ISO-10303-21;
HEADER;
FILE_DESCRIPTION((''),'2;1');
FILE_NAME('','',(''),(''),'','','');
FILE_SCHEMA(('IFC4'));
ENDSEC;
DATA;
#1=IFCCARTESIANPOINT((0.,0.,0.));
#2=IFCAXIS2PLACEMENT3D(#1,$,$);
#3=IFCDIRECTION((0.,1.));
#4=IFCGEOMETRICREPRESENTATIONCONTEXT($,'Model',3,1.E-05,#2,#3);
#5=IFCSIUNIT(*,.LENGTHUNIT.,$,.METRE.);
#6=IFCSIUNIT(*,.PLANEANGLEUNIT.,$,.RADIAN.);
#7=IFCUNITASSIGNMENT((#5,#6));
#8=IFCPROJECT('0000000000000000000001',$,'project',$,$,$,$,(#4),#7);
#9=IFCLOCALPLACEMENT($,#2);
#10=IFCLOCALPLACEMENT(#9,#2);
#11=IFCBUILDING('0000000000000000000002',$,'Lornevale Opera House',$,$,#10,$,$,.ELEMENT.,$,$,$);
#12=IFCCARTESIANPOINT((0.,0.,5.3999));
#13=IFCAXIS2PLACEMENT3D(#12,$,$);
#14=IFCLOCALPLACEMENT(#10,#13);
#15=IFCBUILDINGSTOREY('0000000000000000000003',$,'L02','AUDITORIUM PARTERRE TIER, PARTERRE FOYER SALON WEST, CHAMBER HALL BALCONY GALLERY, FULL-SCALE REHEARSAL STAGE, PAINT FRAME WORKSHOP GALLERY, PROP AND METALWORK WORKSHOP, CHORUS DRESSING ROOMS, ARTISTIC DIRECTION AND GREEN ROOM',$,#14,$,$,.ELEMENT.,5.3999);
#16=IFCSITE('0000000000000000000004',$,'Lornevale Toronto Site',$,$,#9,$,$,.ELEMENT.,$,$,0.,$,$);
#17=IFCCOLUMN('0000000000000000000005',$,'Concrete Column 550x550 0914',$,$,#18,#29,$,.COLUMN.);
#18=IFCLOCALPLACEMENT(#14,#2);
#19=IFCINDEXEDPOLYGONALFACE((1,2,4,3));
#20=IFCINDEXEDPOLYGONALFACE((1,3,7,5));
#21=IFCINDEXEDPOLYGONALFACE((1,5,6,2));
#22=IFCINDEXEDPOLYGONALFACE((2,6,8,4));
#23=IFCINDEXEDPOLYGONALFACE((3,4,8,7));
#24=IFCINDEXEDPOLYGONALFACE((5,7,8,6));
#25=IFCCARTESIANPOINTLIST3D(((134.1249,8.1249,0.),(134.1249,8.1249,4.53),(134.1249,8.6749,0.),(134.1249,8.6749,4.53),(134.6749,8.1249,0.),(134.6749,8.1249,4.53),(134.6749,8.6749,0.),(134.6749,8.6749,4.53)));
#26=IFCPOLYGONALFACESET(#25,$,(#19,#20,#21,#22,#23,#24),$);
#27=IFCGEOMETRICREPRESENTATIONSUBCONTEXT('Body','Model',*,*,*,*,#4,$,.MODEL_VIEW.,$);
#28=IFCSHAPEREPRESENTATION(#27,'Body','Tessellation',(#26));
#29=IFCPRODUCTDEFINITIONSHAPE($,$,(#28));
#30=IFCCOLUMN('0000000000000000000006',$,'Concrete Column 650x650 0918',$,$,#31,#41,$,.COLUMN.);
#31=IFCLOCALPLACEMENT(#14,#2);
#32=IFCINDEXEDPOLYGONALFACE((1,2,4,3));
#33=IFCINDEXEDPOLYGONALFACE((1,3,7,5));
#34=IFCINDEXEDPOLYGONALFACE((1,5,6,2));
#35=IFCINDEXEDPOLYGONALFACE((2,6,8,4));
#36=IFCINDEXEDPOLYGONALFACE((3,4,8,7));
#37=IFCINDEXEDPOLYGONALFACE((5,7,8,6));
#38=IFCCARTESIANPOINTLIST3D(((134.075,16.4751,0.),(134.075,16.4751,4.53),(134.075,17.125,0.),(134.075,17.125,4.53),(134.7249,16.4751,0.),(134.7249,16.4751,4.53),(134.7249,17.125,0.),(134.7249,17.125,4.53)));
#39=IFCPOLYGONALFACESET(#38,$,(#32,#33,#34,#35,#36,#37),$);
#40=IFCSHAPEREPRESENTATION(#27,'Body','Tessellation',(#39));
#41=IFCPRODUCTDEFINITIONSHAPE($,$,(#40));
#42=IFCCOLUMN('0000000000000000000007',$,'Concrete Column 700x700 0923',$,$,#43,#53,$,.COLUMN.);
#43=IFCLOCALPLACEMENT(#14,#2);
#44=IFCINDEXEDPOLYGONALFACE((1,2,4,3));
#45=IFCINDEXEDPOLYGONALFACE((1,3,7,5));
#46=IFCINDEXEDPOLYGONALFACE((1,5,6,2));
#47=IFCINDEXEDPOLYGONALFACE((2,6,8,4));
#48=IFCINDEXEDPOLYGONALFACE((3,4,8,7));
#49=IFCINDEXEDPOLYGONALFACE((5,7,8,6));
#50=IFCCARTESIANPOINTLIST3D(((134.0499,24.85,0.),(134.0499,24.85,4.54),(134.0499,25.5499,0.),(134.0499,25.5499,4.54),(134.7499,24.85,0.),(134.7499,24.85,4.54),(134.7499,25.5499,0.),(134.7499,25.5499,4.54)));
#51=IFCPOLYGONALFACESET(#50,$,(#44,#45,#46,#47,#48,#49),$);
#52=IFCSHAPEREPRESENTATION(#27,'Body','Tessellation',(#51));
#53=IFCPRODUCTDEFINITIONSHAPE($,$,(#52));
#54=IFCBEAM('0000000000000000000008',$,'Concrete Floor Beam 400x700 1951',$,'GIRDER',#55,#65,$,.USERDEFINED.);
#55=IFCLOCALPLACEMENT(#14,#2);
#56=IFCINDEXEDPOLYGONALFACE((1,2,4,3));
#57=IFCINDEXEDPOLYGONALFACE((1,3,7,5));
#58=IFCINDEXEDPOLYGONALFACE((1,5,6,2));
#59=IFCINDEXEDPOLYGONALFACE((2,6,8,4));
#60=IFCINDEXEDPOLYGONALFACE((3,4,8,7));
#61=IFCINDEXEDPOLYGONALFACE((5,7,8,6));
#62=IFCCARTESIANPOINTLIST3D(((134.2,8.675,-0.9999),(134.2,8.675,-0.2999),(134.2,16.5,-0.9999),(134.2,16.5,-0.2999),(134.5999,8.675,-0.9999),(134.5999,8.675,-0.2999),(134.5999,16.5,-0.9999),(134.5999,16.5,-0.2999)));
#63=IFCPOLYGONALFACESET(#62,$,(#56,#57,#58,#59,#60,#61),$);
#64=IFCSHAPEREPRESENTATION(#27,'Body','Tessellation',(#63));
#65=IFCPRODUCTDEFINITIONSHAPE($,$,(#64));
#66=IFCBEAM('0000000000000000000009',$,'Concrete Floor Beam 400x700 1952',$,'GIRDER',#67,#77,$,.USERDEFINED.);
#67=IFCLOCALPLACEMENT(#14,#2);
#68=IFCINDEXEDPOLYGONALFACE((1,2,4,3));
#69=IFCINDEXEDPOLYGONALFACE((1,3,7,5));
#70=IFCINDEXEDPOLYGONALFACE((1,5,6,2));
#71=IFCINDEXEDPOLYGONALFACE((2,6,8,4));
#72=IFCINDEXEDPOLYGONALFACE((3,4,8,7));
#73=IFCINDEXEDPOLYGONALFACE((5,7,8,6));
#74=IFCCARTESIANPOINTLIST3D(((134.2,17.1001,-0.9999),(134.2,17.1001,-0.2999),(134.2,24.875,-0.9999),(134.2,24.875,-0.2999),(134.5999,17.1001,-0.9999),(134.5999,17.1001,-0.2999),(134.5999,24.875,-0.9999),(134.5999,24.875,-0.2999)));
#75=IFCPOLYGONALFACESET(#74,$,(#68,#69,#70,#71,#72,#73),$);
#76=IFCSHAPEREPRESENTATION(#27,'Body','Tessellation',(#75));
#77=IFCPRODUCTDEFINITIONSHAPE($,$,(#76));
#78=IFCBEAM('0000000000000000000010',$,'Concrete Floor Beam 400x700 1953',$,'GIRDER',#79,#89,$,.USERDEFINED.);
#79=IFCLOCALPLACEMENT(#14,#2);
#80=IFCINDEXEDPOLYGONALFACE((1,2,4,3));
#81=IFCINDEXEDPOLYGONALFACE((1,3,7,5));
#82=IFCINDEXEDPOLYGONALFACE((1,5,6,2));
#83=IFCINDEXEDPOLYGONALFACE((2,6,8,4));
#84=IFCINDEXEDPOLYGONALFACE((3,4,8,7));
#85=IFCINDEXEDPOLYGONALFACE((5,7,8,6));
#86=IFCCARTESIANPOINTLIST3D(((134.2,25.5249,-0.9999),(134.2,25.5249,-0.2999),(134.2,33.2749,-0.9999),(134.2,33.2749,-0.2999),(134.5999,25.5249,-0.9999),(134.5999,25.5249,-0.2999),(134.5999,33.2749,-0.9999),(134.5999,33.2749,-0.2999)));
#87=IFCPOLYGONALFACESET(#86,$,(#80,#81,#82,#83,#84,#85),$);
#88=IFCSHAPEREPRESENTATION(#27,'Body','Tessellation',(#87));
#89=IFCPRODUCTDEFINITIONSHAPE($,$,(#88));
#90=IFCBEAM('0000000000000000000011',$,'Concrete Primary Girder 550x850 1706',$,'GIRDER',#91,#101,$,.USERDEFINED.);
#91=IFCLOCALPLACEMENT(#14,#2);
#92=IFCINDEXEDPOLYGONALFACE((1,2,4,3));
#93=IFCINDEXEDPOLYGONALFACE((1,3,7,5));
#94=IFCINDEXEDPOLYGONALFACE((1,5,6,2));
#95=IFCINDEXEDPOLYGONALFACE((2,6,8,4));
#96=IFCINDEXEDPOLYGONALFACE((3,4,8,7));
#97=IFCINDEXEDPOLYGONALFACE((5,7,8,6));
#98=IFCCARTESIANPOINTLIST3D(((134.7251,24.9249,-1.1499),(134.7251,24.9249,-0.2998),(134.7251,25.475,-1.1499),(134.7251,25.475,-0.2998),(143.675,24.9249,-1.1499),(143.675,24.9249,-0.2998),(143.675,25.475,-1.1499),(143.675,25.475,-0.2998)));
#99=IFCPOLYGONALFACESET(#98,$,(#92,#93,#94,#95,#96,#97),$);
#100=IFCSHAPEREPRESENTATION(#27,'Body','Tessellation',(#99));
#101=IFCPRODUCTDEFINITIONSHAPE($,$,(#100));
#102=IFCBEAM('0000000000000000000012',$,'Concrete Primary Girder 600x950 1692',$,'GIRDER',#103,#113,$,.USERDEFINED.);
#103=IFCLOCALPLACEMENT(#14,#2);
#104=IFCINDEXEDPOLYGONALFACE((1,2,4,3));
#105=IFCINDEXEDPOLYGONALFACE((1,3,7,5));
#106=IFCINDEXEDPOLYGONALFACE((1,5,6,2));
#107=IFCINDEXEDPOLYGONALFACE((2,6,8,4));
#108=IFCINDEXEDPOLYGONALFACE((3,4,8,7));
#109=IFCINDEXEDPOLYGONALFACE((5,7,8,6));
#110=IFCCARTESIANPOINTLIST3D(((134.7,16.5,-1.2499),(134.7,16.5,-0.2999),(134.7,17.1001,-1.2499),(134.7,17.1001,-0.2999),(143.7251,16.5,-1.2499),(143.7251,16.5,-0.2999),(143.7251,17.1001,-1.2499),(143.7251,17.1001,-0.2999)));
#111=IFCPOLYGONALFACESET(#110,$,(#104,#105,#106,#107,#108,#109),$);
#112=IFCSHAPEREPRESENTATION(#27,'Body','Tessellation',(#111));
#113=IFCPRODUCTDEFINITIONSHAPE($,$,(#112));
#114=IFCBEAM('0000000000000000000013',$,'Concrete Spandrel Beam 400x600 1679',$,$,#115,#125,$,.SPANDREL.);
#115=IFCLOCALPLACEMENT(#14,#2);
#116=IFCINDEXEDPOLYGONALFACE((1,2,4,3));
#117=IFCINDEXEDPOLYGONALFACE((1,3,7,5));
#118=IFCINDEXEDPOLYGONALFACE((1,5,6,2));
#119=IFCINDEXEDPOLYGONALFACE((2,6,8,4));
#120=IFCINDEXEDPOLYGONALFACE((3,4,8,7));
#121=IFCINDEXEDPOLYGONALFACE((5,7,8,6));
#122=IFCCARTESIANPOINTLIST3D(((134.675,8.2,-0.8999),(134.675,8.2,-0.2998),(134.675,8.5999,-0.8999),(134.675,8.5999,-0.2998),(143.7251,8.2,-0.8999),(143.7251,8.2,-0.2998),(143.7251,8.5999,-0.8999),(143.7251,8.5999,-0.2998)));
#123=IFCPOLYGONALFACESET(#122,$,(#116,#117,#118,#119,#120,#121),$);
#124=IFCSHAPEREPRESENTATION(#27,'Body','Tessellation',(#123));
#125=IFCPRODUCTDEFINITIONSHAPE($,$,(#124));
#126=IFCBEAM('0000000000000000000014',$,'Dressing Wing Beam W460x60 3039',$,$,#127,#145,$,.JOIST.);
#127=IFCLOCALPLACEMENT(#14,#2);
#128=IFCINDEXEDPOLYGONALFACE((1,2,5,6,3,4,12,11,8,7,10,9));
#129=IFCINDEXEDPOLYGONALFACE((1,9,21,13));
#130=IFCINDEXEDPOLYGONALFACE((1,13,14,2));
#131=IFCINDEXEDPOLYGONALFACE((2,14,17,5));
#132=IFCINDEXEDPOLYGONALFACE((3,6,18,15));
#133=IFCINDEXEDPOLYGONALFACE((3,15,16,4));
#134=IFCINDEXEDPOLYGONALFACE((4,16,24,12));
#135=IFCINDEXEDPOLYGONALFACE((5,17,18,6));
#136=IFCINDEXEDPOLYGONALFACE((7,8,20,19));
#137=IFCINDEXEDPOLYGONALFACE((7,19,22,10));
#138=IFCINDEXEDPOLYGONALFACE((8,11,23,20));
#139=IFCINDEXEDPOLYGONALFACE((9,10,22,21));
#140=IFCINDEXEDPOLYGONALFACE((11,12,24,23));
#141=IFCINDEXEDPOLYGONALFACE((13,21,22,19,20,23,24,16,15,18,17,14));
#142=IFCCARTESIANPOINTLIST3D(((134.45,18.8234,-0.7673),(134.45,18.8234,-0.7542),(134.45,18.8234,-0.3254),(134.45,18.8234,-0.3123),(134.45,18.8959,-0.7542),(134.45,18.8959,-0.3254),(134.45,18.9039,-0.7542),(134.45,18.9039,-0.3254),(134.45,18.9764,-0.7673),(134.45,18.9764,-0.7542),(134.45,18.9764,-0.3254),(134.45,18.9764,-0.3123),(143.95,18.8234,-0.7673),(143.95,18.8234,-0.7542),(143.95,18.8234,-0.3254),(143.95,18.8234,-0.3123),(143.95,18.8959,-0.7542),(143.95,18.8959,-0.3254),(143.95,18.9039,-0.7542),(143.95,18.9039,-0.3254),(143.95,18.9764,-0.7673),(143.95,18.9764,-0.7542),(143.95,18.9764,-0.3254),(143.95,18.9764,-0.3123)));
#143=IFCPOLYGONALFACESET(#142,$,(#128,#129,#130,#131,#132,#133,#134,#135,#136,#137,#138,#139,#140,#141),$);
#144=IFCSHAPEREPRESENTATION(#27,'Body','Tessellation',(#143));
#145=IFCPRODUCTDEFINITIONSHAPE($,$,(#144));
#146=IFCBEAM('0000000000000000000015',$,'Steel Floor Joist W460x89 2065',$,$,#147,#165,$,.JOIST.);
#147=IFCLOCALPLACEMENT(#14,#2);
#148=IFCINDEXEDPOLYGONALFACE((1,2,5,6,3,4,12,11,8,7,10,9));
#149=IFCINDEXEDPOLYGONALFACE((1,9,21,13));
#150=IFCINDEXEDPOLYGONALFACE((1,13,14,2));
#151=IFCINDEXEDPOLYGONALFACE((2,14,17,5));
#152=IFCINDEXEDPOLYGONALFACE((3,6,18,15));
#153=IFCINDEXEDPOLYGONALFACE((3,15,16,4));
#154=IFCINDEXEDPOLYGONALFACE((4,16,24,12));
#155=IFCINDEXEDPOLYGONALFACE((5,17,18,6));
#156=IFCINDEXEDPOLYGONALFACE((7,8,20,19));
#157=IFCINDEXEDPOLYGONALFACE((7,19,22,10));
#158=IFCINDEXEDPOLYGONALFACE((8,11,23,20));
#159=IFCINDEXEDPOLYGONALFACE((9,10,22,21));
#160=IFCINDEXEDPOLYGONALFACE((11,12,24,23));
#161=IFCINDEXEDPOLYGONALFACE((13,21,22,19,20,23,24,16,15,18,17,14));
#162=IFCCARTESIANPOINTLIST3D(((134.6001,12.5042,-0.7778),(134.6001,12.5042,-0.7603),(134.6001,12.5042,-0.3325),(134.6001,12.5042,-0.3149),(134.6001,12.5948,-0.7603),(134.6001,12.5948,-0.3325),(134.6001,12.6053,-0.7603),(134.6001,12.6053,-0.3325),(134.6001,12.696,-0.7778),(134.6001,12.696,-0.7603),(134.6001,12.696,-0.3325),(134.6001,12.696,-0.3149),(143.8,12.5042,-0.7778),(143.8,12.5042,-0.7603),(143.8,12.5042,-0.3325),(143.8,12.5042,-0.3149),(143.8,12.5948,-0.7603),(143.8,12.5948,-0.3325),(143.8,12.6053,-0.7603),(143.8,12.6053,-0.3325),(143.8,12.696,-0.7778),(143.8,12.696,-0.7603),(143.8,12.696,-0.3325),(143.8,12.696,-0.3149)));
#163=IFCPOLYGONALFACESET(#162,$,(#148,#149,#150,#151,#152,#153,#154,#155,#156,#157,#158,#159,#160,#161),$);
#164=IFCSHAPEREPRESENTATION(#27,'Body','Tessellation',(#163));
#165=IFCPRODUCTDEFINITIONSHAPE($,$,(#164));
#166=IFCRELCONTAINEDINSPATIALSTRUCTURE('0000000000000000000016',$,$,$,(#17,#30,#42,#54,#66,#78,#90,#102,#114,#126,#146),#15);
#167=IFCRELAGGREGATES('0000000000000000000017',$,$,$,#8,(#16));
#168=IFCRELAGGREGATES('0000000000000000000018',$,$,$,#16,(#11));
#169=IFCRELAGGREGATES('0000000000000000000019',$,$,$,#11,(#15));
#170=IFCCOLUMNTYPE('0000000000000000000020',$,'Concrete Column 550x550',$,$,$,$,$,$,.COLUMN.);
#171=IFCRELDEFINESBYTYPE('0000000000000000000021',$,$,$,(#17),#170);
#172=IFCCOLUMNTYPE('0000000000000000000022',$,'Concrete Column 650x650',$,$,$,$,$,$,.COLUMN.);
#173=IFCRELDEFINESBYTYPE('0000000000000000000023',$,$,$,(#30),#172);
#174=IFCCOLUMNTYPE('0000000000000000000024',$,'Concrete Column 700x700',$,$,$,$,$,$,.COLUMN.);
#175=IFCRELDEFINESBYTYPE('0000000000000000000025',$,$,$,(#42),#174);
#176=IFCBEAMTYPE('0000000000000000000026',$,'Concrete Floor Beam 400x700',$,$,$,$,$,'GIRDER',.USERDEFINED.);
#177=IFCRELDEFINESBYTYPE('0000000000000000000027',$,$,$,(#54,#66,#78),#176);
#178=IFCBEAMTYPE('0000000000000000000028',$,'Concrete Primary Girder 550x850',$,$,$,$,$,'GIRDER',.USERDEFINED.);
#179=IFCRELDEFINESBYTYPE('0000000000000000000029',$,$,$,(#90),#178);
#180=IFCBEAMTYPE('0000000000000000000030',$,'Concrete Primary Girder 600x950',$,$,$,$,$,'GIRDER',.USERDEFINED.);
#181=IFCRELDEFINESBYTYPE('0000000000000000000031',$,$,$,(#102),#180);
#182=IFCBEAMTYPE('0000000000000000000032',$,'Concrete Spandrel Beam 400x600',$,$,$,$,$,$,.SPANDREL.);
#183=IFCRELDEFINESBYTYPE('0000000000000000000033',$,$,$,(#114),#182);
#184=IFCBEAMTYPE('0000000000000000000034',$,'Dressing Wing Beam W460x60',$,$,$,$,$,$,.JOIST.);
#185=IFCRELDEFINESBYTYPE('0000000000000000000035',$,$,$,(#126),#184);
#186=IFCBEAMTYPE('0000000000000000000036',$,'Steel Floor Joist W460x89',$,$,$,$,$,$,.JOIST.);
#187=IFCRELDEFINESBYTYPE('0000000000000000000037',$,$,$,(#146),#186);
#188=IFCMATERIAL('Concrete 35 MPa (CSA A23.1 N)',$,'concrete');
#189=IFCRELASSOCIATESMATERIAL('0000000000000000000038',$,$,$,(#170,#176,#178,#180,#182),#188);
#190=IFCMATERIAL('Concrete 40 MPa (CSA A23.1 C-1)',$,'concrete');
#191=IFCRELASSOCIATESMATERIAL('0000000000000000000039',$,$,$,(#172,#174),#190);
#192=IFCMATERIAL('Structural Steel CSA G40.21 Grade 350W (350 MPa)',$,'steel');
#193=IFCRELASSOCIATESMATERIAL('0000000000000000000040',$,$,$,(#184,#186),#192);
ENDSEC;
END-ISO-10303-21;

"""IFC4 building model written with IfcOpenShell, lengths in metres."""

from ifc_helpers import new_model, si_unit, direction, frame, origin, origin_2d, place, context, subcontext, project, spatial, rectangle, i_section, extrude, material, material_profile, profile_set, type_object, element, save


model = new_model("IFC4")

# Units and contexts
model_context = context("Model", 3, precision=1e-05, world=origin(), true_north=direction((0.0, 1.0)))
body_context = subcontext(model_context, "Body", "Model", "MODEL_VIEW")
ifc_project = project(units=[si_unit("LENGTHUNIT", "METRE"), si_unit("PLANEANGLEUNIT", "RADIAN")], contexts=[model_context])

# Site, building, storey
site_placement = place(None, origin())
site = spatial("IfcSite", under=ifc_project, at=site_placement, Name="Lornevale Toronto Site", CompositionType="ELEMENT", RefElevation=0.0)
building_placement = place(site_placement, origin())
building = spatial("IfcBuilding", under=site, at=building_placement, Name="Lornevale Opera House", CompositionType="ELEMENT")
storey_placement = place(building_placement, frame((0.0, 0.0, 5.3999)))
storey = spatial("IfcBuildingStorey", under=building, at=storey_placement, Name="L02", Description="AUDITORIUM PARTERRE TIER, PARTERRE FOYER SALON WEST, CHAMBER HALL BALCONY GALLERY, FULL-SCALE REHEARSAL STAGE, PAINT FRAME WORKSHOP GALLERY, PROP AND METALWORK WORKSHOP, CHORUS DRESSING ROOMS, ARTISTIC DIRECTION AND GREEN ROOM", CompositionType="ELEMENT", Elevation=5.3999)

# Columns
ifc_material_1 = material(Name="Concrete 35 MPa (CSA A23.1 N)", Category="concrete")
ifc_material_profile_1 = material_profile(ifc_material_1, rectangle(XDim=0.55, YDim=0.55, at=origin_2d()), Name="RC550x550")
ifc_profile_set_1 = profile_set([ifc_material_profile_1], Name="Concrete 35 MPa (CSA A23.1 N)")
column_type_1 = type_object("IfcColumnType", Name="Concrete Column 550x550", PredefinedType="COLUMN", material=ifc_profile_set_1)
column_1_placement = place(storey_placement, frame((134.3999, 8.3999, 0.0), z_axis=(0.0, 0.0, 1.0), x_axis=(1.0, 0.0, 0.0)))
element("IfcColumn", 1, at=column_1_placement, inside=storey, type_object=column_type_1, Name="Concrete Column 550x550 0914", PredefinedType="COLUMN", context=body_context, shape_type="SweptSolid", body=[
    extrude(rectangle(XDim=0.55, YDim=0.55, at=origin_2d()), origin(), (0.0, 0.0, 1.0), 4.53),
])
ifc_material_2 = material(Name="Concrete 40 MPa (CSA A23.1 C-1)", Category="concrete")
ifc_material_profile_2 = material_profile(ifc_material_2, rectangle(XDim=0.6499, YDim=0.6499, at=origin_2d()), Name="RC650x650")
ifc_profile_set_2 = profile_set([ifc_material_profile_2], Name="Concrete 40 MPa (CSA A23.1 C-1)")
column_type_2 = type_object("IfcColumnType", Name="Concrete Column 650x650", PredefinedType="COLUMN", material=ifc_profile_set_2)
column_2_placement = place(storey_placement, frame((134.3999, 16.8, 0.0), z_axis=(0.0, 0.0, 1.0), x_axis=(1.0, 0.0, 0.0)))
element("IfcColumn", 2, at=column_2_placement, inside=storey, type_object=column_type_2, Name="Concrete Column 650x650 0918", PredefinedType="COLUMN", context=body_context, shape_type="SweptSolid", body=[
    extrude(rectangle(XDim=0.6499, YDim=0.6499, at=origin_2d()), origin(), (0.0, 0.0, 1.0), 4.53),
])
ifc_material_profile_3 = material_profile(ifc_material_2, rectangle(XDim=0.7, YDim=0.7, at=origin_2d()), Name="RC700x700")
ifc_profile_set_3 = profile_set([ifc_material_profile_3], Name="Concrete 40 MPa (CSA A23.1 C-1)")
column_type_3 = type_object("IfcColumnType", Name="Concrete Column 700x700", PredefinedType="COLUMN", material=ifc_profile_set_3)
column_3_placement = place(storey_placement, frame((134.3999, 25.2, 0.0), z_axis=(0.0, 0.0, 1.0), x_axis=(1.0, 0.0, 0.0)))
element("IfcColumn", 3, at=column_3_placement, inside=storey, type_object=column_type_3, Name="Concrete Column 700x700 0923", PredefinedType="COLUMN", context=body_context, shape_type="SweptSolid", body=[
    extrude(rectangle(XDim=0.7, YDim=0.7, at=origin_2d()), origin(), (0.0, 0.0, 1.0), 4.54),
])

# Beams
ifc_material_profile_4 = material_profile(ifc_material_1, rectangle(XDim=0.3999, YDim=0.7, at=origin_2d()), Name="RC400x700")
ifc_profile_set_4 = profile_set([ifc_material_profile_4], Name="Concrete 35 MPa (CSA A23.1 N)")
beam_type_1 = type_object("IfcBeamType", Name="Concrete Floor Beam 400x700", ElementType="GIRDER", PredefinedType="USERDEFINED", material=ifc_profile_set_4)
beam_1_placement = place(storey_placement, frame((134.3999, 8.675, -0.6499), z_axis=(0.0, 1.0, 0.0), x_axis=(-1.0, 0.0, 0.0)))
element("IfcBeam", 4, at=beam_1_placement, inside=storey, type_object=beam_type_1, Name="Concrete Floor Beam 400x700 1951", ObjectType="GIRDER", PredefinedType="USERDEFINED", context=body_context, shape_type="SweptSolid", body=[
    extrude(rectangle(XDim=0.3999, YDim=0.7, at=origin_2d()), origin(), (0.0, 0.0, 1.0), 7.825),
])
beam_2_placement = place(storey_placement, frame((134.3999, 17.1001, -0.6499), z_axis=(0.0, 1.0, 0.0), x_axis=(-1.0, 0.0, 0.0)))
element("IfcBeam", 5, at=beam_2_placement, inside=storey, type_object=beam_type_1, Name="Concrete Floor Beam 400x700 1952", ObjectType="GIRDER", PredefinedType="USERDEFINED", context=body_context, shape_type="SweptSolid", body=[
    extrude(rectangle(XDim=0.3999, YDim=0.7, at=origin_2d()), origin(), (0.0, 0.0, 1.0), 7.7749),
])
beam_3_placement = place(storey_placement, frame((134.3999, 25.5249, -0.6499), z_axis=(0.0, 1.0, 0.0), x_axis=(-1.0, 0.0, 0.0)))
element("IfcBeam", 6, at=beam_3_placement, inside=storey, type_object=beam_type_1, Name="Concrete Floor Beam 400x700 1953", ObjectType="GIRDER", PredefinedType="USERDEFINED", context=body_context, shape_type="SweptSolid", body=[
    extrude(rectangle(XDim=0.3999, YDim=0.7, at=origin_2d()), origin(), (0.0, 0.0, 1.0), 7.75),
])
ifc_material_profile_5 = material_profile(ifc_material_1, rectangle(XDim=0.55, YDim=0.8501, at=origin_2d()), Name="RC550x850")
ifc_profile_set_5 = profile_set([ifc_material_profile_5], Name="Concrete 35 MPa (CSA A23.1 N)")
beam_type_2 = type_object("IfcBeamType", Name="Concrete Primary Girder 550x850", ElementType="GIRDER", PredefinedType="USERDEFINED", material=ifc_profile_set_5)
beam_4_placement = place(storey_placement, frame((134.7251, 25.2, -0.7249), z_axis=(1.0, 0.0, 0.0), x_axis=(0.0, 1.0, 0.0)))
element("IfcBeam", 7, at=beam_4_placement, inside=storey, type_object=beam_type_2, Name="Concrete Primary Girder 550x850 1706", ObjectType="GIRDER", PredefinedType="USERDEFINED", context=body_context, shape_type="SweptSolid", body=[
    extrude(rectangle(XDim=0.55, YDim=0.8501, at=origin_2d()), origin(), (0.0, 0.0, 1.0), 8.95),
])
ifc_material_profile_6 = material_profile(ifc_material_1, rectangle(XDim=0.6001, YDim=0.95, at=origin_2d()), Name="RC600x950")
ifc_profile_set_6 = profile_set([ifc_material_profile_6], Name="Concrete 35 MPa (CSA A23.1 N)")
beam_type_3 = type_object("IfcBeamType", Name="Concrete Primary Girder 600x950", ElementType="GIRDER", PredefinedType="USERDEFINED", material=ifc_profile_set_6)
beam_5_placement = place(storey_placement, frame((134.7, 16.8, -0.7749), z_axis=(1.0, 0.0, 0.0), x_axis=(0.0, 1.0, 0.0)))
element("IfcBeam", 8, at=beam_5_placement, inside=storey, type_object=beam_type_3, Name="Concrete Primary Girder 600x950 1692", ObjectType="GIRDER", PredefinedType="USERDEFINED", context=body_context, shape_type="SweptSolid", body=[
    extrude(rectangle(XDim=0.6001, YDim=0.95, at=origin_2d()), origin(), (0.0, 0.0, 1.0), 9.0251),
])
ifc_material_profile_7 = material_profile(ifc_material_1, rectangle(XDim=0.3999, YDim=0.6001, at=origin_2d()), Name="RC400x600")
ifc_profile_set_7 = profile_set([ifc_material_profile_7], Name="Concrete 35 MPa (CSA A23.1 N)")
beam_type_4 = type_object("IfcBeamType", Name="Concrete Spandrel Beam 400x600", PredefinedType="SPANDREL", material=ifc_profile_set_7)
beam_6_placement = place(storey_placement, frame((134.675, 8.3999, -0.5999), z_axis=(1.0, 0.0, 0.0), x_axis=(0.0, 1.0, 0.0)))
element("IfcBeam", 9, at=beam_6_placement, inside=storey, type_object=beam_type_4, Name="Concrete Spandrel Beam 400x600 1679", PredefinedType="SPANDREL", context=body_context, shape_type="SweptSolid", body=[
    extrude(rectangle(XDim=0.3999, YDim=0.6001, at=origin_2d()), origin(), (0.0, 0.0, 1.0), 9.05),
])
ifc_material_3 = material(Name="Structural Steel CSA G40.21 Grade 350W (350 MPa)", Category="steel")
ifc_material_profile_8 = material_profile(ifc_material_3, i_section(OverallWidth=0.1531, OverallDepth=0.4551, WebThickness=0.0081, FlangeThickness=0.0132, at=origin_2d()), Name="W460x60")
ifc_profile_set_8 = profile_set([ifc_material_profile_8], Name="Structural Steel CSA G40.21 Grade 350W (350 MPa)")
beam_type_5 = type_object("IfcBeamType", Name="Dressing Wing Beam W460x60", PredefinedType="JOIST", material=ifc_profile_set_8)
beam_7_placement = place(storey_placement, frame((134.45, 18.8999, -0.5398), z_axis=(1.0, 0.0, 0.0), x_axis=(0.0, 1.0, 0.0)))
element("IfcBeam", 10, at=beam_7_placement, inside=storey, type_object=beam_type_5, Name="Dressing Wing Beam W460x60 3039", PredefinedType="JOIST", context=body_context, shape_type="SweptSolid", body=[
    extrude(i_section(OverallWidth=0.1531, OverallDepth=0.4551, WebThickness=0.0081, FlangeThickness=0.0132, at=origin_2d()), origin(), (0.0, 0.0, 1.0), 9.5),
])
ifc_material_profile_9 = material_profile(ifc_material_3, i_section(OverallWidth=0.1919, OverallDepth=0.4629, WebThickness=0.0105, FlangeThickness=0.0176, at=origin_2d()), Name="W460x89")
ifc_profile_set_9 = profile_set([ifc_material_profile_9], Name="Structural Steel CSA G40.21 Grade 350W (350 MPa)")
beam_type_6 = type_object("IfcBeamType", Name="Steel Floor Joist W460x89", PredefinedType="JOIST", material=ifc_profile_set_9)
for number, where, z_axis, x_axis, name in (
    (11, (134.6001, 12.6001, -0.5464), (1.0, 0.0, 0.0), (0.0, 1.0, 0.0), "Steel Floor Joist W460x89 2065"),
):
    element("IfcBeam", number, at=place(storey_placement, frame(where, z_axis=z_axis, x_axis=x_axis)), inside=storey, type_object=beam_type_6, Name=name, PredefinedType="JOIST", context=body_context, shape_type="SweptSolid", body=[
        extrude(i_section(OverallWidth=0.1919, OverallDepth=0.4629, WebThickness=0.0105, FlangeThickness=0.0176, at=origin_2d()), origin(), (0.0, 0.0, 1.0), 9.2),
    ])

save(model, "model.ifc")
